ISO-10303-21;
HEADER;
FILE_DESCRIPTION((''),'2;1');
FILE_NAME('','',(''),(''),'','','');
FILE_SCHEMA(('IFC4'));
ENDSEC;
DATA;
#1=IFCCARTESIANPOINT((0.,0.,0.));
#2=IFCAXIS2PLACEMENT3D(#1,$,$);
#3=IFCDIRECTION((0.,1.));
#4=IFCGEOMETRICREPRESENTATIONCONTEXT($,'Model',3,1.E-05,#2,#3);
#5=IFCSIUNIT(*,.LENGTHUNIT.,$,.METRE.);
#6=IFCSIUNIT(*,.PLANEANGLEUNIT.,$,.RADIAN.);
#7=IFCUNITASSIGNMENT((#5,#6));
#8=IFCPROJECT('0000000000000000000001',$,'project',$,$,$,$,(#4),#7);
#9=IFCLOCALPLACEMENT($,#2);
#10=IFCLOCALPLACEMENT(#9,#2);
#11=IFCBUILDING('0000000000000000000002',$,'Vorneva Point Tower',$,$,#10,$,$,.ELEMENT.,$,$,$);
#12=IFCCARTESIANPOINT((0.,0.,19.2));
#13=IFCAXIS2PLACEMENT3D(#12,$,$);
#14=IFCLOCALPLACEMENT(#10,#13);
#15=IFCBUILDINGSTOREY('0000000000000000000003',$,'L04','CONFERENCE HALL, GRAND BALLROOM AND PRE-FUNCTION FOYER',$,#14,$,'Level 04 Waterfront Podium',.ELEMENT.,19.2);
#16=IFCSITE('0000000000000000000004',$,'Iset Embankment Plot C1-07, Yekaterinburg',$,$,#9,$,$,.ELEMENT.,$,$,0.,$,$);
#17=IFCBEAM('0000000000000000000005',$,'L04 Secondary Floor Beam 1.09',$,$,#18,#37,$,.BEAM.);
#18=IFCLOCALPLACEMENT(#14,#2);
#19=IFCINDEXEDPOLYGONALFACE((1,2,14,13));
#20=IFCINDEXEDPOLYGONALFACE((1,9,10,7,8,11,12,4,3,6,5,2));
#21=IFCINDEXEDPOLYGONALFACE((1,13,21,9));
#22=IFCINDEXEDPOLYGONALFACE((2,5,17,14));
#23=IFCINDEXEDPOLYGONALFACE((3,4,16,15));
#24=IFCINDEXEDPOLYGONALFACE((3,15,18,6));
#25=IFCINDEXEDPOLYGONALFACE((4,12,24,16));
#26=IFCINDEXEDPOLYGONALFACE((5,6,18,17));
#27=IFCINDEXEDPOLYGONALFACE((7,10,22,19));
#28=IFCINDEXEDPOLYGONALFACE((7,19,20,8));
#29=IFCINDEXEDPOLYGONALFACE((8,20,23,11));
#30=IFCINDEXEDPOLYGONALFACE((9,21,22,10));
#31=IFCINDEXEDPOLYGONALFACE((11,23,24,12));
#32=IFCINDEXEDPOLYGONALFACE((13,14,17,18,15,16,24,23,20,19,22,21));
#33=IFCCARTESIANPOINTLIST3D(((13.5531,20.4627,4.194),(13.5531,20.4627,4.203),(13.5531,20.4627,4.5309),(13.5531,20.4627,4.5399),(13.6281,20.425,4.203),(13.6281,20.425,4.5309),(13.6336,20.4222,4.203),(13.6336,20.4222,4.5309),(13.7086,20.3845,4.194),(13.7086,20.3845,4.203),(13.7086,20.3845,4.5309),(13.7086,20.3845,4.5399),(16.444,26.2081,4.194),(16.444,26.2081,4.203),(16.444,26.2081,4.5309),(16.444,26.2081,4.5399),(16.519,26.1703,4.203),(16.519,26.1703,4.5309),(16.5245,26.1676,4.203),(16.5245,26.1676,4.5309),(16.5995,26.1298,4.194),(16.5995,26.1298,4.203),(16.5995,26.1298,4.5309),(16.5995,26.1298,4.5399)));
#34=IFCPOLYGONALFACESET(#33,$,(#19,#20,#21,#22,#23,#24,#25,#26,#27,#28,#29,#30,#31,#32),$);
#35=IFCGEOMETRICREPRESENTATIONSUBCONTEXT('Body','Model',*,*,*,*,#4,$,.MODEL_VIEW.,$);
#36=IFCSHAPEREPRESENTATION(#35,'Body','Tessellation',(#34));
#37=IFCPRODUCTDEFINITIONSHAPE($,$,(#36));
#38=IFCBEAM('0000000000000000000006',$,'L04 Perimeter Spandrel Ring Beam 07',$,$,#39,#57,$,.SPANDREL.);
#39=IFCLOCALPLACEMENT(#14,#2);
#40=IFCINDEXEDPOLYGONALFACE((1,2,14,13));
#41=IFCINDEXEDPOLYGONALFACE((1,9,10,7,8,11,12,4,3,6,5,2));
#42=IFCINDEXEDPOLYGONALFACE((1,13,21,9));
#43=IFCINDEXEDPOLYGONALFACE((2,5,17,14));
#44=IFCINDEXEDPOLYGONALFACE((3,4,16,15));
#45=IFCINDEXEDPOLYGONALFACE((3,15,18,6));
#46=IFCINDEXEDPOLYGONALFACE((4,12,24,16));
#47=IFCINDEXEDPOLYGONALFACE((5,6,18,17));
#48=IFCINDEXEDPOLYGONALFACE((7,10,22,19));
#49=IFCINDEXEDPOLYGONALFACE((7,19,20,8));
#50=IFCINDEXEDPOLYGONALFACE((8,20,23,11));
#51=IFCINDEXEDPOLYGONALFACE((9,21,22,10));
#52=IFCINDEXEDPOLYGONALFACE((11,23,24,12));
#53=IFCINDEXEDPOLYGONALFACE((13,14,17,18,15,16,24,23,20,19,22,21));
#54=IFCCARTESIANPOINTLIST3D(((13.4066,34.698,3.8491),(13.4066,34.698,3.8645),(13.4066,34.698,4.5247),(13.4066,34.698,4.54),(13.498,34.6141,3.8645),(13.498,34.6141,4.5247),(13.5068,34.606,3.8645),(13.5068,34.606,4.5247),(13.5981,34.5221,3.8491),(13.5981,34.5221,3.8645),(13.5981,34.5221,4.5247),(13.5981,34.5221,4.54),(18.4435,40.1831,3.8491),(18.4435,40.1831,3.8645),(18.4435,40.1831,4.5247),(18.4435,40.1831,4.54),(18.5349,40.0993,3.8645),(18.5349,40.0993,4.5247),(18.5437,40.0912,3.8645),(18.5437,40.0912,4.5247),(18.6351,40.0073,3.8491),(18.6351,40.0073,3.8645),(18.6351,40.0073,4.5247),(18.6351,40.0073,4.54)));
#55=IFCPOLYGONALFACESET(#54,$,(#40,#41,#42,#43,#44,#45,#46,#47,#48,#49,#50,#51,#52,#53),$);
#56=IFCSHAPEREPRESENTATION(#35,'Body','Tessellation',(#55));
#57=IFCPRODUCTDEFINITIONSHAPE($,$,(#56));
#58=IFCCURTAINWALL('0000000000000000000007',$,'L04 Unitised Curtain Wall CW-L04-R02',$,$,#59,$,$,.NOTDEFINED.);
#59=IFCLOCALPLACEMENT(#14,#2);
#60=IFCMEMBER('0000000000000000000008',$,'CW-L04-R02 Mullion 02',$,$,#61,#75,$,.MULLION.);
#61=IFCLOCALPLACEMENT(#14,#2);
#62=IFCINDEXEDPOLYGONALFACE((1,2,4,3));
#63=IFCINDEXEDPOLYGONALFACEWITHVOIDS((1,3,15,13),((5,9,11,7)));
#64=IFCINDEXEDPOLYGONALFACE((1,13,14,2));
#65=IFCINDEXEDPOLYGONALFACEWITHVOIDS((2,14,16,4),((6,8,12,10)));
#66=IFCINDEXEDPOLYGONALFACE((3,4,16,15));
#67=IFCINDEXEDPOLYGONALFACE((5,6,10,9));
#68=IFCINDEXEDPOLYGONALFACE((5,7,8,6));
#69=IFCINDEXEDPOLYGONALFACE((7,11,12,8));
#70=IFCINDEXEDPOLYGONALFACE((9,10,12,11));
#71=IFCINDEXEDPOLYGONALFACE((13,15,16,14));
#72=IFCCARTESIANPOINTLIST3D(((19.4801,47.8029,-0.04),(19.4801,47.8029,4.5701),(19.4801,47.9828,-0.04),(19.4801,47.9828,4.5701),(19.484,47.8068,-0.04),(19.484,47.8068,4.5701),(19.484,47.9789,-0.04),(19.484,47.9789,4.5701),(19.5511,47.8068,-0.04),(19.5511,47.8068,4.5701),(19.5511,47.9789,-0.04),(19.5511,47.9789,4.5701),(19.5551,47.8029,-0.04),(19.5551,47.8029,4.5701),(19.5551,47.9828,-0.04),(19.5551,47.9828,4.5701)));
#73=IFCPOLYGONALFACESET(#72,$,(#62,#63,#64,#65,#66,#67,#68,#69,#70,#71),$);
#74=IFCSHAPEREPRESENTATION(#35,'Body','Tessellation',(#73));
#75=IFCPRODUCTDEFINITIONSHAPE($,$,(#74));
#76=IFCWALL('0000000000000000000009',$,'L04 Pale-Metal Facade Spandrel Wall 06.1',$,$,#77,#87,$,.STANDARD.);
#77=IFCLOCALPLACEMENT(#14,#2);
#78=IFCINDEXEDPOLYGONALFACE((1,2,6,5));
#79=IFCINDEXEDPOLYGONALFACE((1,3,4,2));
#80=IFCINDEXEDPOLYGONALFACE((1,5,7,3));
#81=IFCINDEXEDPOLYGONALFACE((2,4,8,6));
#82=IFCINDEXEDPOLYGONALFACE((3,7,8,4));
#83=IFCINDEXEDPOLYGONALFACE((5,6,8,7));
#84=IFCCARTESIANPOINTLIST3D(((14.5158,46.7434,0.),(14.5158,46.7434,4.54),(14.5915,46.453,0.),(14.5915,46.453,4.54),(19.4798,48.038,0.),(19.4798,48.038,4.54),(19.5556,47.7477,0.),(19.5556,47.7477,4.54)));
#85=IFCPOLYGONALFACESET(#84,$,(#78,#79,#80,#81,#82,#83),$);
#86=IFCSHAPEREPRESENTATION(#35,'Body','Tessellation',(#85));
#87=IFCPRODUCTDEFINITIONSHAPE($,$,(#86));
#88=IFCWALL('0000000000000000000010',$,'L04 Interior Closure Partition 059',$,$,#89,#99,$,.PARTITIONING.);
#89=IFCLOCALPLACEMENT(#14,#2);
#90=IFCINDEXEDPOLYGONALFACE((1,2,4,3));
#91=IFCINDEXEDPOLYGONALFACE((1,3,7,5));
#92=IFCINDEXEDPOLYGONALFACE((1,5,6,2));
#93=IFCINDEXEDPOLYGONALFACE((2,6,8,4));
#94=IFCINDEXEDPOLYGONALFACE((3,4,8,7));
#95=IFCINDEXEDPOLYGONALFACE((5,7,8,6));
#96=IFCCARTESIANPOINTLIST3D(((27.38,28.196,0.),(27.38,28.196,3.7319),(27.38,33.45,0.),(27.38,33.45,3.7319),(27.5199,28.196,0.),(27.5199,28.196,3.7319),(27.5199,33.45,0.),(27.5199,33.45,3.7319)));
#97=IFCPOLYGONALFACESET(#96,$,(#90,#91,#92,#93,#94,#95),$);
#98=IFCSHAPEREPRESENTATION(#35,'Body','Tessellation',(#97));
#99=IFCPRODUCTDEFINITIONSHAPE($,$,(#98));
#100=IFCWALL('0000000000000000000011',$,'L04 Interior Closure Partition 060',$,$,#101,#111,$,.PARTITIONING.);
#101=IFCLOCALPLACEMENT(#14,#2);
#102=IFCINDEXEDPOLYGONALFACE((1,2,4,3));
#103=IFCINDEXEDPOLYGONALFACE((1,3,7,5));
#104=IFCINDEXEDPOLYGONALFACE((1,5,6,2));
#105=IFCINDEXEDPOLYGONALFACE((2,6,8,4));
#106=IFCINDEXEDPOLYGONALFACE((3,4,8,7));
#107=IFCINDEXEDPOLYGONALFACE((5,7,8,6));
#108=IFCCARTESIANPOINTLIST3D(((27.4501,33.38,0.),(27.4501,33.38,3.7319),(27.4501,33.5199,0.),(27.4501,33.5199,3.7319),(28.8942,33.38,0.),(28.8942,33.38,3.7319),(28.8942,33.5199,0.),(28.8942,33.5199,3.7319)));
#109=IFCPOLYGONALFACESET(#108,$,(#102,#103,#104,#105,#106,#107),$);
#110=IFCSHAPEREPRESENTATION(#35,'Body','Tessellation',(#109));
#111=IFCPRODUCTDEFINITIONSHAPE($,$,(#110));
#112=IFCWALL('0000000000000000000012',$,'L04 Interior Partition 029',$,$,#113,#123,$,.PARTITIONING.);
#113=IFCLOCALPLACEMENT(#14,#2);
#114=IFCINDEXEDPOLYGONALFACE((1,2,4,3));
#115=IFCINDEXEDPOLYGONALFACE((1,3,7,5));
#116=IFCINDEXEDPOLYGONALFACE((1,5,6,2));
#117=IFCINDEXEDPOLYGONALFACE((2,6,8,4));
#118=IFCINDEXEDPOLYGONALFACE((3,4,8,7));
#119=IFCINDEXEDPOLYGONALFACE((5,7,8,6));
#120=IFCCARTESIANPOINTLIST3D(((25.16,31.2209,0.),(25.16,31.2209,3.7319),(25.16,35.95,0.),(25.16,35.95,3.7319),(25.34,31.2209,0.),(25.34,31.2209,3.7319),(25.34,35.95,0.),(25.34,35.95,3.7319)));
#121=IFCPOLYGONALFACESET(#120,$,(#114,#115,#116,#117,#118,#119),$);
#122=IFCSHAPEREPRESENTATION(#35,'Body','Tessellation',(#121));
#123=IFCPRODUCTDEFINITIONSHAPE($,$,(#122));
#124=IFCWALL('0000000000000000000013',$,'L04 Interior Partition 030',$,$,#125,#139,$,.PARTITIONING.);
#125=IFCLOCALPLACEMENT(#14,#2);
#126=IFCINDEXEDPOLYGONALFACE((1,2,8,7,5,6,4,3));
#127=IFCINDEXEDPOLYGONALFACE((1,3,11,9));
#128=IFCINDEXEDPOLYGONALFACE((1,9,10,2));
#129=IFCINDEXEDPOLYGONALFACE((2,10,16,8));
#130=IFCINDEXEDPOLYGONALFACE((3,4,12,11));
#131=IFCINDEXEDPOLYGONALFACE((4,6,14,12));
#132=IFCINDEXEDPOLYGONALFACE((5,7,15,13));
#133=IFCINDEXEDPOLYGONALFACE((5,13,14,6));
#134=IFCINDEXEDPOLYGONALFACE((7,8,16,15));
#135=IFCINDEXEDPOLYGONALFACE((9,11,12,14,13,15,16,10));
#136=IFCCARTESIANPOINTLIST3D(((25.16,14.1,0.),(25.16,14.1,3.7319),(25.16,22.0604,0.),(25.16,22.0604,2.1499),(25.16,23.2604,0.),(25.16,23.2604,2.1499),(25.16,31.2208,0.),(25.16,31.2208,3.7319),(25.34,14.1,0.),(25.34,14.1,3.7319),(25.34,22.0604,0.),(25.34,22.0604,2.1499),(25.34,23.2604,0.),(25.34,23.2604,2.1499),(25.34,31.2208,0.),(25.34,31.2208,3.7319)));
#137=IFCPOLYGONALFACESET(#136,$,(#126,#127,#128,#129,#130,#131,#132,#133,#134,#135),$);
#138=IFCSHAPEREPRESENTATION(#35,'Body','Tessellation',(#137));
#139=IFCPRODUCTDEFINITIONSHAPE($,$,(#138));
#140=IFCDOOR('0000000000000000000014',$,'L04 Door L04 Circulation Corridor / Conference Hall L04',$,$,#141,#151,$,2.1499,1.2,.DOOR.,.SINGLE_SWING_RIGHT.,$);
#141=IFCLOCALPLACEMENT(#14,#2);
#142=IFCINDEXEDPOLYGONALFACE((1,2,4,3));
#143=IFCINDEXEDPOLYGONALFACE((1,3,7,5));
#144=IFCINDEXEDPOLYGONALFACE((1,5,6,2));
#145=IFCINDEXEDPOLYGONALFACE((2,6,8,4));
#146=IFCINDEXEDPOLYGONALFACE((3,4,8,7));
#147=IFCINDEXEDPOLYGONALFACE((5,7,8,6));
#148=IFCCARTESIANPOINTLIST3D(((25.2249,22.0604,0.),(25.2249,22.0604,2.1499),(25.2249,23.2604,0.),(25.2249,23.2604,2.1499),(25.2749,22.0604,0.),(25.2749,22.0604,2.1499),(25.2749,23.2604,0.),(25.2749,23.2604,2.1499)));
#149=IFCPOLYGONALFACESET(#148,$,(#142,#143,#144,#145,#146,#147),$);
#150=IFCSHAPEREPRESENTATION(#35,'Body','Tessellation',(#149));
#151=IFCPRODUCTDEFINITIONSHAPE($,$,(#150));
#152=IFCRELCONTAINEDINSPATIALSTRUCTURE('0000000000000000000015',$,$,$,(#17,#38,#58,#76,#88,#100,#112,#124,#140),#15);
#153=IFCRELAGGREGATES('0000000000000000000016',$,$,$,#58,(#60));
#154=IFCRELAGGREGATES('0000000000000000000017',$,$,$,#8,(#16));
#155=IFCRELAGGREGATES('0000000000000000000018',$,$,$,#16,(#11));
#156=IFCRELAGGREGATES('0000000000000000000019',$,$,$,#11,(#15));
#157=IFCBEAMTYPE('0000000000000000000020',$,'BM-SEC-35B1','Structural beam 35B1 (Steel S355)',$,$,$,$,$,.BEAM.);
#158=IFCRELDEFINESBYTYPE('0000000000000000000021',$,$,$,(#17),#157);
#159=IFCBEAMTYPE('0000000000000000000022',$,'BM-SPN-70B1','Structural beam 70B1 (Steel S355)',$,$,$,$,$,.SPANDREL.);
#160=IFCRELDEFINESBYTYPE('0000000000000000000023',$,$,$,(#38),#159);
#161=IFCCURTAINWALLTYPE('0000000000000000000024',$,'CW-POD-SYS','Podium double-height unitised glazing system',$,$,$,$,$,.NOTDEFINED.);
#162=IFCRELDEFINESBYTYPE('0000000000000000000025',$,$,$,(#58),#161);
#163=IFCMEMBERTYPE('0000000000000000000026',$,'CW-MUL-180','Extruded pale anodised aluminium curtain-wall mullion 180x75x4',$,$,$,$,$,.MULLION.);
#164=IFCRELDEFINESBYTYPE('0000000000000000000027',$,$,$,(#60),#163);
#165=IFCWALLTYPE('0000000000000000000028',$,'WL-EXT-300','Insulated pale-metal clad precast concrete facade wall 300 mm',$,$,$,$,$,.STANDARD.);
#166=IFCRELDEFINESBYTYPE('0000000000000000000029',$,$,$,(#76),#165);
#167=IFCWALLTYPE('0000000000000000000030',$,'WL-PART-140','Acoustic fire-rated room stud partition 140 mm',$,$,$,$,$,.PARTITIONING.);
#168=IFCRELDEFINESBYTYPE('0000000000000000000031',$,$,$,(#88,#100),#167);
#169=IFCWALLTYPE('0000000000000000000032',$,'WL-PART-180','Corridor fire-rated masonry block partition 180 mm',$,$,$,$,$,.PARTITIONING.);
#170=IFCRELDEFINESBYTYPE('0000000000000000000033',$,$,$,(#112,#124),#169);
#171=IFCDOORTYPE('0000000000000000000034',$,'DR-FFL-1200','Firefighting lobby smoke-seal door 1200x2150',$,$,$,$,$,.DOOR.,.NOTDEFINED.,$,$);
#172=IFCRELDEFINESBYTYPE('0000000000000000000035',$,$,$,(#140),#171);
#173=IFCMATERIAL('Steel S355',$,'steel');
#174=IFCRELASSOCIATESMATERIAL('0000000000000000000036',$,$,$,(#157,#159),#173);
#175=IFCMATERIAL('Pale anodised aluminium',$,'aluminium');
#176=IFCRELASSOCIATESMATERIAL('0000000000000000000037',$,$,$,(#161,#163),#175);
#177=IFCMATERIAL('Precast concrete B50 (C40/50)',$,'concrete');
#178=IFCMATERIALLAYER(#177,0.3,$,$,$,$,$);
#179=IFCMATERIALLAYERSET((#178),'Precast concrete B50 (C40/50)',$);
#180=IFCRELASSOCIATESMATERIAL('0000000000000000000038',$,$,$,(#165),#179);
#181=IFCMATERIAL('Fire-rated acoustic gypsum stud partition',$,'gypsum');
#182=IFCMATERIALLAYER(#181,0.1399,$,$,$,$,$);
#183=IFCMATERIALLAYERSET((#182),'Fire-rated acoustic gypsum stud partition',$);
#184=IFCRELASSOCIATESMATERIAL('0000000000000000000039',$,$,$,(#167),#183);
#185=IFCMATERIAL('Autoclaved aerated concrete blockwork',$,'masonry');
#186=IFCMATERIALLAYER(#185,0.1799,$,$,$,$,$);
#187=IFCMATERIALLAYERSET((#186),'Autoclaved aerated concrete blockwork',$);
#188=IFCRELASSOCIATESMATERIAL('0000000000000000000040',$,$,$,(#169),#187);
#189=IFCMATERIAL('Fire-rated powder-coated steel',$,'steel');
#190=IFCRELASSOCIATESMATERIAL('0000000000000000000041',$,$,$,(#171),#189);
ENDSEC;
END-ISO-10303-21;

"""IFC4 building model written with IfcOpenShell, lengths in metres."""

from ifc_helpers import new_model, si_unit, direction, frame, frame_2d, origin, origin_2d, place, context, subcontext, project, spatial, rectangle, hollow_rectangle, i_section, extrude, material, layer, layer_set, material_profile, profile_set, type_object, element, fill, aggregate, save


model = new_model("IFC4")

# Units and contexts
model_context = context("Model", 3, precision=1e-05, world=origin(), true_north=direction((0.0, 1.0)))
body_context = subcontext(model_context, "Body", "Model", "MODEL_VIEW")
ifc_project = project(units=[si_unit("LENGTHUNIT", "METRE"), si_unit("PLANEANGLEUNIT", "RADIAN")], contexts=[model_context])

# Site, building, storey
site_placement = place(None, origin())
site = spatial("IfcSite", under=ifc_project, at=site_placement, Name="Iset Embankment Plot C1-07, Yekaterinburg", CompositionType="ELEMENT", RefElevation=0.0)
building_placement = place(site_placement, origin())
building = spatial("IfcBuilding", under=site, at=building_placement, Name="Vorneva Point Tower", CompositionType="ELEMENT")
storey_placement = place(building_placement, frame((0.0, 0.0, 19.2)))
storey = spatial("IfcBuildingStorey", under=building, at=storey_placement, Name="L04", Description="CONFERENCE HALL, GRAND BALLROOM AND PRE-FUNCTION FOYER", LongName="Level 04 Waterfront Podium", CompositionType="ELEMENT", Elevation=19.2)

# Beams
ifc_material_1 = material(Name="Steel S355", Category="steel")
ifc_material_profile_1 = material_profile(ifc_material_1, i_section(OverallWidth=0.1741, OverallDepth=0.3459, WebThickness=0.0061, FlangeThickness=0.009, at=origin_2d()), Name="35B1")
ifc_profile_set_1 = profile_set([ifc_material_profile_1], Name="Steel S355")
beam_type_1 = type_object("IfcBeamType", Name="BM-SEC-35B1", Description="Structural beam 35B1 (Steel S355)", PredefinedType="BEAM", material=ifc_profile_set_1)
beam_1_placement = place(storey_placement, frame((16.5217, 26.1689, 4.3669), z_axis=(-0.449475, -0.893293, 0.0), x_axis=(0.893293, -0.449475, 0.0)))
element("IfcBeam", 1, at=beam_1_placement, inside=storey, type_object=beam_type_1, Name="L04 Secondary Floor Beam 1.09", PredefinedType="BEAM", context=body_context, shape_type="SweptSolid", body=[
    extrude(i_section(OverallWidth=0.1741, OverallDepth=0.3459, WebThickness=0.0061, FlangeThickness=0.009, at=origin_2d()), origin(), (0.0, 0.0, 1.0), 6.4316),
])
ifc_material_profile_2 = material_profile(ifc_material_1, i_section(OverallWidth=0.26, OverallDepth=0.6909, WebThickness=0.012, FlangeThickness=0.0154, at=origin_2d()), Name="70B1")
ifc_profile_set_2 = profile_set([ifc_material_profile_2], Name="Steel S355")
beam_type_2 = type_object("IfcBeamType", Name="BM-SPN-70B1", Description="Structural beam 70B1 (Steel S355)", PredefinedType="SPANDREL", material=ifc_profile_set_2)
beam_2_placement = place(storey_placement, frame((18.5393, 40.0952, 4.1946), z_axis=(-0.67637, -0.736562, 0.0), x_axis=(0.736562, -0.67637, 0.0)))
element("IfcBeam", 2, at=beam_2_placement, inside=storey, type_object=beam_type_2, Name="L04 Perimeter Spandrel Ring Beam 07", PredefinedType="SPANDREL", context=body_context, shape_type="SweptSolid", body=[
    extrude(i_section(OverallWidth=0.26, OverallDepth=0.6909, WebThickness=0.012, FlangeThickness=0.0154, at=origin_2d()), origin(), (0.0, 0.0, 1.0), 7.447),
])

# Curtain wall, member
ifc_material_2 = material(Name="Pale anodised aluminium", Category="aluminium")
curtain_wall_type = type_object("IfcCurtainWallType", Name="CW-POD-SYS", Description="Podium double-height unitised glazing system", PredefinedType="NOTDEFINED", material=ifc_material_2)
curtain_wall_placement = place(storey_placement, origin())
curtain_wall = element("IfcCurtainWall", 3, at=curtain_wall_placement, inside=storey, type_object=curtain_wall_type, Name="L04 Unitised Curtain Wall CW-L04-R02", PredefinedType="NOTDEFINED")
ifc_material_profile_3 = material_profile(ifc_material_2, hollow_rectangle(XDim=0.075, YDim=0.1799, WallThickness=0.0039, at=origin_2d()), Name="AL-MUL 180x75x4")
ifc_profile_set_3 = profile_set([ifc_material_profile_3], Name="Pale anodised aluminium")
member_type = type_object("IfcMemberType", Name="CW-MUL-180", Description="Extruded pale anodised aluminium curtain-wall mullion 180x75x4", PredefinedType="MULLION", material=ifc_profile_set_3)
member_placement = place(storey_placement, frame((19.5176, 47.8928, -0.04), z_axis=(0.0, 0.0, 1.0), x_axis=(1.0, 0.0, 0.0)))
member = element("IfcMember", 4, at=member_placement, type_object=member_type, Name="CW-L04-R02 Mullion 02", PredefinedType="MULLION", context=body_context, shape_type="SweptSolid", body=[
    extrude(hollow_rectangle(XDim=0.075, YDim=0.1799, WallThickness=0.0039, at=origin_2d()), origin(), (0.0, 0.0, 1.0), 4.6101),
])
aggregate(curtain_wall, [member])

# Walls
ifc_material_3 = material(Name="Precast concrete B50 (C40/50)", Category="concrete")
ifc_layer_1 = layer(ifc_material_3, 0.3)
ifc_layer_set_1 = layer_set([ifc_layer_1], Name="Precast concrete B50 (C40/50)")
wall_type_1 = type_object("IfcWallType", Name="WL-EXT-300", Description="Insulated pale-metal clad precast concrete facade wall 300 mm", PredefinedType="STANDARD", material=ifc_layer_set_1)
wall_1_placement = place(storey_placement, frame((19.5176, 47.8928, 0.0), z_axis=(0.0, 0.0, 1.0), x_axis=(-0.967632, -0.252366, 0.0)))
element("IfcWall", 5, at=wall_1_placement, inside=storey, type_object=wall_type_1, Name="L04 Pale-Metal Facade Spandrel Wall 06.1", PredefinedType="STANDARD", context=body_context, shape_type="SweptSolid", body=[
    extrude(rectangle(XDim=5.1301, YDim=0.3, at=frame_2d((2.5649, 0.0))), origin(), (0.0, 0.0, 1.0), 4.54),
])
ifc_material_4 = material(Name="Fire-rated acoustic gypsum stud partition", Category="gypsum")
ifc_layer_2 = layer(ifc_material_4, 0.1399)
ifc_layer_set_2 = layer_set([ifc_layer_2], Name="Fire-rated acoustic gypsum stud partition")
wall_type_2 = type_object("IfcWallType", Name="WL-PART-140", Description="Acoustic fire-rated room stud partition 140 mm", PredefinedType="PARTITIONING", material=ifc_layer_set_2)
wall_2_placement = place(storey_placement, frame((27.45, 28.196, 0.0), z_axis=(0.0, 0.0, 1.0), x_axis=(0.0, 1.0, 0.0)))
element("IfcWall", 6, at=wall_2_placement, inside=storey, type_object=wall_type_2, Name="L04 Interior Closure Partition 059", PredefinedType="PARTITIONING", context=body_context, shape_type="SweptSolid", body=[
    extrude(rectangle(XDim=5.2539, YDim=0.1399, at=frame_2d((2.627, 0.0))), origin(), (0.0, 0.0, 1.0), 3.7319),
])
wall_3_placement = place(storey_placement, frame((27.45, 33.45, 0.0), z_axis=(0.0, 0.0, 1.0), x_axis=(1.0, 0.0, 0.0)))
element("IfcWall", 7, at=wall_3_placement, inside=storey, type_object=wall_type_2, Name="L04 Interior Closure Partition 060", PredefinedType="PARTITIONING", context=body_context, shape_type="SweptSolid", body=[
    extrude(rectangle(XDim=1.4441, YDim=0.1399, at=frame_2d((0.7222, 0.0))), origin(), (0.0, 0.0, 1.0), 3.7319),
])

# Shared definitions
ifc_material_5 = material(Name="Autoclaved aerated concrete blockwork", Category="masonry")
ifc_layer_3 = layer(ifc_material_5, 0.1799)
ifc_layer_set_3 = layer_set([ifc_layer_3], Name="Autoclaved aerated concrete blockwork")
wall_type_3 = type_object("IfcWallType", Name="WL-PART-180", Description="Corridor fire-rated masonry block partition 180 mm", PredefinedType="PARTITIONING", material=ifc_layer_set_3)
ifc_material_6 = material(Name="Fire-rated powder-coated steel", Category="steel")
door_type = type_object("IfcDoorType", Name="DR-FFL-1200", Description="Firefighting lobby smoke-seal door 1200x2150", OperationType="NOTDEFINED", PredefinedType="DOOR", material=ifc_material_6)

# Wall
wall_4_placement = place(storey_placement, frame((25.25, 35.95, 0.0), z_axis=(0.0, 0.0, 1.0), x_axis=(0.0, -1.0, 0.0)))
element("IfcWall", 8, at=wall_4_placement, inside=storey, type_object=wall_type_3, Name="L04 Interior Partition 029", PredefinedType="PARTITIONING", context=body_context, shape_type="SweptSolid", body=[
    extrude(rectangle(XDim=4.729, YDim=0.1799, at=frame_2d((2.3645, 0.0))), origin(), (0.0, 0.0, 1.0), 3.7319),
])

# Wall, opening, door
wall_5_placement = place(storey_placement, frame((25.25, 31.2209, 0.0), z_axis=(0.0, 0.0, 1.0), x_axis=(0.0, -1.0, 0.0)))
wall_5 = element("IfcWall", 9, at=wall_5_placement, inside=storey, type_object=wall_type_3, Name="L04 Interior Partition 030", PredefinedType="PARTITIONING", context=body_context, shape_type="SweptSolid", body=[
    extrude(rectangle(XDim=17.1208, YDim=0.1799, at=frame_2d((8.5605, 0.0))), origin(), (0.0, 0.0, 1.0), 3.7319),
])
opening_1_placement = place(wall_5_placement, frame((7.9604, 0.0, 0.0)))
opening_1 = element("IfcOpeningElement", 10, at=opening_1_placement, cuts=wall_5, PredefinedType="OPENING", context=body_context, shape_type="SweptSolid", body=[
    extrude(rectangle(XDim=1.2, YDim=2.1499, at=frame_2d((0.6001, 1.075))), frame((0.0, 0.105, 0.0), z_axis=(0.0, -1.0, 0.0), x_axis=(1.0, 0.0, 0.0)), (0.0, 0.0, 1.0), 0.2097),
])
door_1_placement = place(opening_1_placement, origin())
door_1 = element("IfcDoor", 11, at=door_1_placement, inside=storey, type_object=door_type, Name="L04 Door L04 Circulation Corridor / Conference Hall L04", OperationType="SINGLE_SWING_RIGHT", OverallHeight=2.1499, OverallWidth=1.2, PredefinedType="DOOR", context=body_context, shape_type="SweptSolid", body=[
    extrude(rectangle(XDim=1.2, YDim=2.1499, at=frame_2d((0.6001, 1.075))), frame((0.0, 0.0249, 0.0), z_axis=(0.0, -1.0, 0.0), x_axis=(1.0, 0.0, 0.0)), (0.0, 0.0, 1.0), 0.05),
])
fill(opening_1, door_1)

save(model, "model.ifc")
